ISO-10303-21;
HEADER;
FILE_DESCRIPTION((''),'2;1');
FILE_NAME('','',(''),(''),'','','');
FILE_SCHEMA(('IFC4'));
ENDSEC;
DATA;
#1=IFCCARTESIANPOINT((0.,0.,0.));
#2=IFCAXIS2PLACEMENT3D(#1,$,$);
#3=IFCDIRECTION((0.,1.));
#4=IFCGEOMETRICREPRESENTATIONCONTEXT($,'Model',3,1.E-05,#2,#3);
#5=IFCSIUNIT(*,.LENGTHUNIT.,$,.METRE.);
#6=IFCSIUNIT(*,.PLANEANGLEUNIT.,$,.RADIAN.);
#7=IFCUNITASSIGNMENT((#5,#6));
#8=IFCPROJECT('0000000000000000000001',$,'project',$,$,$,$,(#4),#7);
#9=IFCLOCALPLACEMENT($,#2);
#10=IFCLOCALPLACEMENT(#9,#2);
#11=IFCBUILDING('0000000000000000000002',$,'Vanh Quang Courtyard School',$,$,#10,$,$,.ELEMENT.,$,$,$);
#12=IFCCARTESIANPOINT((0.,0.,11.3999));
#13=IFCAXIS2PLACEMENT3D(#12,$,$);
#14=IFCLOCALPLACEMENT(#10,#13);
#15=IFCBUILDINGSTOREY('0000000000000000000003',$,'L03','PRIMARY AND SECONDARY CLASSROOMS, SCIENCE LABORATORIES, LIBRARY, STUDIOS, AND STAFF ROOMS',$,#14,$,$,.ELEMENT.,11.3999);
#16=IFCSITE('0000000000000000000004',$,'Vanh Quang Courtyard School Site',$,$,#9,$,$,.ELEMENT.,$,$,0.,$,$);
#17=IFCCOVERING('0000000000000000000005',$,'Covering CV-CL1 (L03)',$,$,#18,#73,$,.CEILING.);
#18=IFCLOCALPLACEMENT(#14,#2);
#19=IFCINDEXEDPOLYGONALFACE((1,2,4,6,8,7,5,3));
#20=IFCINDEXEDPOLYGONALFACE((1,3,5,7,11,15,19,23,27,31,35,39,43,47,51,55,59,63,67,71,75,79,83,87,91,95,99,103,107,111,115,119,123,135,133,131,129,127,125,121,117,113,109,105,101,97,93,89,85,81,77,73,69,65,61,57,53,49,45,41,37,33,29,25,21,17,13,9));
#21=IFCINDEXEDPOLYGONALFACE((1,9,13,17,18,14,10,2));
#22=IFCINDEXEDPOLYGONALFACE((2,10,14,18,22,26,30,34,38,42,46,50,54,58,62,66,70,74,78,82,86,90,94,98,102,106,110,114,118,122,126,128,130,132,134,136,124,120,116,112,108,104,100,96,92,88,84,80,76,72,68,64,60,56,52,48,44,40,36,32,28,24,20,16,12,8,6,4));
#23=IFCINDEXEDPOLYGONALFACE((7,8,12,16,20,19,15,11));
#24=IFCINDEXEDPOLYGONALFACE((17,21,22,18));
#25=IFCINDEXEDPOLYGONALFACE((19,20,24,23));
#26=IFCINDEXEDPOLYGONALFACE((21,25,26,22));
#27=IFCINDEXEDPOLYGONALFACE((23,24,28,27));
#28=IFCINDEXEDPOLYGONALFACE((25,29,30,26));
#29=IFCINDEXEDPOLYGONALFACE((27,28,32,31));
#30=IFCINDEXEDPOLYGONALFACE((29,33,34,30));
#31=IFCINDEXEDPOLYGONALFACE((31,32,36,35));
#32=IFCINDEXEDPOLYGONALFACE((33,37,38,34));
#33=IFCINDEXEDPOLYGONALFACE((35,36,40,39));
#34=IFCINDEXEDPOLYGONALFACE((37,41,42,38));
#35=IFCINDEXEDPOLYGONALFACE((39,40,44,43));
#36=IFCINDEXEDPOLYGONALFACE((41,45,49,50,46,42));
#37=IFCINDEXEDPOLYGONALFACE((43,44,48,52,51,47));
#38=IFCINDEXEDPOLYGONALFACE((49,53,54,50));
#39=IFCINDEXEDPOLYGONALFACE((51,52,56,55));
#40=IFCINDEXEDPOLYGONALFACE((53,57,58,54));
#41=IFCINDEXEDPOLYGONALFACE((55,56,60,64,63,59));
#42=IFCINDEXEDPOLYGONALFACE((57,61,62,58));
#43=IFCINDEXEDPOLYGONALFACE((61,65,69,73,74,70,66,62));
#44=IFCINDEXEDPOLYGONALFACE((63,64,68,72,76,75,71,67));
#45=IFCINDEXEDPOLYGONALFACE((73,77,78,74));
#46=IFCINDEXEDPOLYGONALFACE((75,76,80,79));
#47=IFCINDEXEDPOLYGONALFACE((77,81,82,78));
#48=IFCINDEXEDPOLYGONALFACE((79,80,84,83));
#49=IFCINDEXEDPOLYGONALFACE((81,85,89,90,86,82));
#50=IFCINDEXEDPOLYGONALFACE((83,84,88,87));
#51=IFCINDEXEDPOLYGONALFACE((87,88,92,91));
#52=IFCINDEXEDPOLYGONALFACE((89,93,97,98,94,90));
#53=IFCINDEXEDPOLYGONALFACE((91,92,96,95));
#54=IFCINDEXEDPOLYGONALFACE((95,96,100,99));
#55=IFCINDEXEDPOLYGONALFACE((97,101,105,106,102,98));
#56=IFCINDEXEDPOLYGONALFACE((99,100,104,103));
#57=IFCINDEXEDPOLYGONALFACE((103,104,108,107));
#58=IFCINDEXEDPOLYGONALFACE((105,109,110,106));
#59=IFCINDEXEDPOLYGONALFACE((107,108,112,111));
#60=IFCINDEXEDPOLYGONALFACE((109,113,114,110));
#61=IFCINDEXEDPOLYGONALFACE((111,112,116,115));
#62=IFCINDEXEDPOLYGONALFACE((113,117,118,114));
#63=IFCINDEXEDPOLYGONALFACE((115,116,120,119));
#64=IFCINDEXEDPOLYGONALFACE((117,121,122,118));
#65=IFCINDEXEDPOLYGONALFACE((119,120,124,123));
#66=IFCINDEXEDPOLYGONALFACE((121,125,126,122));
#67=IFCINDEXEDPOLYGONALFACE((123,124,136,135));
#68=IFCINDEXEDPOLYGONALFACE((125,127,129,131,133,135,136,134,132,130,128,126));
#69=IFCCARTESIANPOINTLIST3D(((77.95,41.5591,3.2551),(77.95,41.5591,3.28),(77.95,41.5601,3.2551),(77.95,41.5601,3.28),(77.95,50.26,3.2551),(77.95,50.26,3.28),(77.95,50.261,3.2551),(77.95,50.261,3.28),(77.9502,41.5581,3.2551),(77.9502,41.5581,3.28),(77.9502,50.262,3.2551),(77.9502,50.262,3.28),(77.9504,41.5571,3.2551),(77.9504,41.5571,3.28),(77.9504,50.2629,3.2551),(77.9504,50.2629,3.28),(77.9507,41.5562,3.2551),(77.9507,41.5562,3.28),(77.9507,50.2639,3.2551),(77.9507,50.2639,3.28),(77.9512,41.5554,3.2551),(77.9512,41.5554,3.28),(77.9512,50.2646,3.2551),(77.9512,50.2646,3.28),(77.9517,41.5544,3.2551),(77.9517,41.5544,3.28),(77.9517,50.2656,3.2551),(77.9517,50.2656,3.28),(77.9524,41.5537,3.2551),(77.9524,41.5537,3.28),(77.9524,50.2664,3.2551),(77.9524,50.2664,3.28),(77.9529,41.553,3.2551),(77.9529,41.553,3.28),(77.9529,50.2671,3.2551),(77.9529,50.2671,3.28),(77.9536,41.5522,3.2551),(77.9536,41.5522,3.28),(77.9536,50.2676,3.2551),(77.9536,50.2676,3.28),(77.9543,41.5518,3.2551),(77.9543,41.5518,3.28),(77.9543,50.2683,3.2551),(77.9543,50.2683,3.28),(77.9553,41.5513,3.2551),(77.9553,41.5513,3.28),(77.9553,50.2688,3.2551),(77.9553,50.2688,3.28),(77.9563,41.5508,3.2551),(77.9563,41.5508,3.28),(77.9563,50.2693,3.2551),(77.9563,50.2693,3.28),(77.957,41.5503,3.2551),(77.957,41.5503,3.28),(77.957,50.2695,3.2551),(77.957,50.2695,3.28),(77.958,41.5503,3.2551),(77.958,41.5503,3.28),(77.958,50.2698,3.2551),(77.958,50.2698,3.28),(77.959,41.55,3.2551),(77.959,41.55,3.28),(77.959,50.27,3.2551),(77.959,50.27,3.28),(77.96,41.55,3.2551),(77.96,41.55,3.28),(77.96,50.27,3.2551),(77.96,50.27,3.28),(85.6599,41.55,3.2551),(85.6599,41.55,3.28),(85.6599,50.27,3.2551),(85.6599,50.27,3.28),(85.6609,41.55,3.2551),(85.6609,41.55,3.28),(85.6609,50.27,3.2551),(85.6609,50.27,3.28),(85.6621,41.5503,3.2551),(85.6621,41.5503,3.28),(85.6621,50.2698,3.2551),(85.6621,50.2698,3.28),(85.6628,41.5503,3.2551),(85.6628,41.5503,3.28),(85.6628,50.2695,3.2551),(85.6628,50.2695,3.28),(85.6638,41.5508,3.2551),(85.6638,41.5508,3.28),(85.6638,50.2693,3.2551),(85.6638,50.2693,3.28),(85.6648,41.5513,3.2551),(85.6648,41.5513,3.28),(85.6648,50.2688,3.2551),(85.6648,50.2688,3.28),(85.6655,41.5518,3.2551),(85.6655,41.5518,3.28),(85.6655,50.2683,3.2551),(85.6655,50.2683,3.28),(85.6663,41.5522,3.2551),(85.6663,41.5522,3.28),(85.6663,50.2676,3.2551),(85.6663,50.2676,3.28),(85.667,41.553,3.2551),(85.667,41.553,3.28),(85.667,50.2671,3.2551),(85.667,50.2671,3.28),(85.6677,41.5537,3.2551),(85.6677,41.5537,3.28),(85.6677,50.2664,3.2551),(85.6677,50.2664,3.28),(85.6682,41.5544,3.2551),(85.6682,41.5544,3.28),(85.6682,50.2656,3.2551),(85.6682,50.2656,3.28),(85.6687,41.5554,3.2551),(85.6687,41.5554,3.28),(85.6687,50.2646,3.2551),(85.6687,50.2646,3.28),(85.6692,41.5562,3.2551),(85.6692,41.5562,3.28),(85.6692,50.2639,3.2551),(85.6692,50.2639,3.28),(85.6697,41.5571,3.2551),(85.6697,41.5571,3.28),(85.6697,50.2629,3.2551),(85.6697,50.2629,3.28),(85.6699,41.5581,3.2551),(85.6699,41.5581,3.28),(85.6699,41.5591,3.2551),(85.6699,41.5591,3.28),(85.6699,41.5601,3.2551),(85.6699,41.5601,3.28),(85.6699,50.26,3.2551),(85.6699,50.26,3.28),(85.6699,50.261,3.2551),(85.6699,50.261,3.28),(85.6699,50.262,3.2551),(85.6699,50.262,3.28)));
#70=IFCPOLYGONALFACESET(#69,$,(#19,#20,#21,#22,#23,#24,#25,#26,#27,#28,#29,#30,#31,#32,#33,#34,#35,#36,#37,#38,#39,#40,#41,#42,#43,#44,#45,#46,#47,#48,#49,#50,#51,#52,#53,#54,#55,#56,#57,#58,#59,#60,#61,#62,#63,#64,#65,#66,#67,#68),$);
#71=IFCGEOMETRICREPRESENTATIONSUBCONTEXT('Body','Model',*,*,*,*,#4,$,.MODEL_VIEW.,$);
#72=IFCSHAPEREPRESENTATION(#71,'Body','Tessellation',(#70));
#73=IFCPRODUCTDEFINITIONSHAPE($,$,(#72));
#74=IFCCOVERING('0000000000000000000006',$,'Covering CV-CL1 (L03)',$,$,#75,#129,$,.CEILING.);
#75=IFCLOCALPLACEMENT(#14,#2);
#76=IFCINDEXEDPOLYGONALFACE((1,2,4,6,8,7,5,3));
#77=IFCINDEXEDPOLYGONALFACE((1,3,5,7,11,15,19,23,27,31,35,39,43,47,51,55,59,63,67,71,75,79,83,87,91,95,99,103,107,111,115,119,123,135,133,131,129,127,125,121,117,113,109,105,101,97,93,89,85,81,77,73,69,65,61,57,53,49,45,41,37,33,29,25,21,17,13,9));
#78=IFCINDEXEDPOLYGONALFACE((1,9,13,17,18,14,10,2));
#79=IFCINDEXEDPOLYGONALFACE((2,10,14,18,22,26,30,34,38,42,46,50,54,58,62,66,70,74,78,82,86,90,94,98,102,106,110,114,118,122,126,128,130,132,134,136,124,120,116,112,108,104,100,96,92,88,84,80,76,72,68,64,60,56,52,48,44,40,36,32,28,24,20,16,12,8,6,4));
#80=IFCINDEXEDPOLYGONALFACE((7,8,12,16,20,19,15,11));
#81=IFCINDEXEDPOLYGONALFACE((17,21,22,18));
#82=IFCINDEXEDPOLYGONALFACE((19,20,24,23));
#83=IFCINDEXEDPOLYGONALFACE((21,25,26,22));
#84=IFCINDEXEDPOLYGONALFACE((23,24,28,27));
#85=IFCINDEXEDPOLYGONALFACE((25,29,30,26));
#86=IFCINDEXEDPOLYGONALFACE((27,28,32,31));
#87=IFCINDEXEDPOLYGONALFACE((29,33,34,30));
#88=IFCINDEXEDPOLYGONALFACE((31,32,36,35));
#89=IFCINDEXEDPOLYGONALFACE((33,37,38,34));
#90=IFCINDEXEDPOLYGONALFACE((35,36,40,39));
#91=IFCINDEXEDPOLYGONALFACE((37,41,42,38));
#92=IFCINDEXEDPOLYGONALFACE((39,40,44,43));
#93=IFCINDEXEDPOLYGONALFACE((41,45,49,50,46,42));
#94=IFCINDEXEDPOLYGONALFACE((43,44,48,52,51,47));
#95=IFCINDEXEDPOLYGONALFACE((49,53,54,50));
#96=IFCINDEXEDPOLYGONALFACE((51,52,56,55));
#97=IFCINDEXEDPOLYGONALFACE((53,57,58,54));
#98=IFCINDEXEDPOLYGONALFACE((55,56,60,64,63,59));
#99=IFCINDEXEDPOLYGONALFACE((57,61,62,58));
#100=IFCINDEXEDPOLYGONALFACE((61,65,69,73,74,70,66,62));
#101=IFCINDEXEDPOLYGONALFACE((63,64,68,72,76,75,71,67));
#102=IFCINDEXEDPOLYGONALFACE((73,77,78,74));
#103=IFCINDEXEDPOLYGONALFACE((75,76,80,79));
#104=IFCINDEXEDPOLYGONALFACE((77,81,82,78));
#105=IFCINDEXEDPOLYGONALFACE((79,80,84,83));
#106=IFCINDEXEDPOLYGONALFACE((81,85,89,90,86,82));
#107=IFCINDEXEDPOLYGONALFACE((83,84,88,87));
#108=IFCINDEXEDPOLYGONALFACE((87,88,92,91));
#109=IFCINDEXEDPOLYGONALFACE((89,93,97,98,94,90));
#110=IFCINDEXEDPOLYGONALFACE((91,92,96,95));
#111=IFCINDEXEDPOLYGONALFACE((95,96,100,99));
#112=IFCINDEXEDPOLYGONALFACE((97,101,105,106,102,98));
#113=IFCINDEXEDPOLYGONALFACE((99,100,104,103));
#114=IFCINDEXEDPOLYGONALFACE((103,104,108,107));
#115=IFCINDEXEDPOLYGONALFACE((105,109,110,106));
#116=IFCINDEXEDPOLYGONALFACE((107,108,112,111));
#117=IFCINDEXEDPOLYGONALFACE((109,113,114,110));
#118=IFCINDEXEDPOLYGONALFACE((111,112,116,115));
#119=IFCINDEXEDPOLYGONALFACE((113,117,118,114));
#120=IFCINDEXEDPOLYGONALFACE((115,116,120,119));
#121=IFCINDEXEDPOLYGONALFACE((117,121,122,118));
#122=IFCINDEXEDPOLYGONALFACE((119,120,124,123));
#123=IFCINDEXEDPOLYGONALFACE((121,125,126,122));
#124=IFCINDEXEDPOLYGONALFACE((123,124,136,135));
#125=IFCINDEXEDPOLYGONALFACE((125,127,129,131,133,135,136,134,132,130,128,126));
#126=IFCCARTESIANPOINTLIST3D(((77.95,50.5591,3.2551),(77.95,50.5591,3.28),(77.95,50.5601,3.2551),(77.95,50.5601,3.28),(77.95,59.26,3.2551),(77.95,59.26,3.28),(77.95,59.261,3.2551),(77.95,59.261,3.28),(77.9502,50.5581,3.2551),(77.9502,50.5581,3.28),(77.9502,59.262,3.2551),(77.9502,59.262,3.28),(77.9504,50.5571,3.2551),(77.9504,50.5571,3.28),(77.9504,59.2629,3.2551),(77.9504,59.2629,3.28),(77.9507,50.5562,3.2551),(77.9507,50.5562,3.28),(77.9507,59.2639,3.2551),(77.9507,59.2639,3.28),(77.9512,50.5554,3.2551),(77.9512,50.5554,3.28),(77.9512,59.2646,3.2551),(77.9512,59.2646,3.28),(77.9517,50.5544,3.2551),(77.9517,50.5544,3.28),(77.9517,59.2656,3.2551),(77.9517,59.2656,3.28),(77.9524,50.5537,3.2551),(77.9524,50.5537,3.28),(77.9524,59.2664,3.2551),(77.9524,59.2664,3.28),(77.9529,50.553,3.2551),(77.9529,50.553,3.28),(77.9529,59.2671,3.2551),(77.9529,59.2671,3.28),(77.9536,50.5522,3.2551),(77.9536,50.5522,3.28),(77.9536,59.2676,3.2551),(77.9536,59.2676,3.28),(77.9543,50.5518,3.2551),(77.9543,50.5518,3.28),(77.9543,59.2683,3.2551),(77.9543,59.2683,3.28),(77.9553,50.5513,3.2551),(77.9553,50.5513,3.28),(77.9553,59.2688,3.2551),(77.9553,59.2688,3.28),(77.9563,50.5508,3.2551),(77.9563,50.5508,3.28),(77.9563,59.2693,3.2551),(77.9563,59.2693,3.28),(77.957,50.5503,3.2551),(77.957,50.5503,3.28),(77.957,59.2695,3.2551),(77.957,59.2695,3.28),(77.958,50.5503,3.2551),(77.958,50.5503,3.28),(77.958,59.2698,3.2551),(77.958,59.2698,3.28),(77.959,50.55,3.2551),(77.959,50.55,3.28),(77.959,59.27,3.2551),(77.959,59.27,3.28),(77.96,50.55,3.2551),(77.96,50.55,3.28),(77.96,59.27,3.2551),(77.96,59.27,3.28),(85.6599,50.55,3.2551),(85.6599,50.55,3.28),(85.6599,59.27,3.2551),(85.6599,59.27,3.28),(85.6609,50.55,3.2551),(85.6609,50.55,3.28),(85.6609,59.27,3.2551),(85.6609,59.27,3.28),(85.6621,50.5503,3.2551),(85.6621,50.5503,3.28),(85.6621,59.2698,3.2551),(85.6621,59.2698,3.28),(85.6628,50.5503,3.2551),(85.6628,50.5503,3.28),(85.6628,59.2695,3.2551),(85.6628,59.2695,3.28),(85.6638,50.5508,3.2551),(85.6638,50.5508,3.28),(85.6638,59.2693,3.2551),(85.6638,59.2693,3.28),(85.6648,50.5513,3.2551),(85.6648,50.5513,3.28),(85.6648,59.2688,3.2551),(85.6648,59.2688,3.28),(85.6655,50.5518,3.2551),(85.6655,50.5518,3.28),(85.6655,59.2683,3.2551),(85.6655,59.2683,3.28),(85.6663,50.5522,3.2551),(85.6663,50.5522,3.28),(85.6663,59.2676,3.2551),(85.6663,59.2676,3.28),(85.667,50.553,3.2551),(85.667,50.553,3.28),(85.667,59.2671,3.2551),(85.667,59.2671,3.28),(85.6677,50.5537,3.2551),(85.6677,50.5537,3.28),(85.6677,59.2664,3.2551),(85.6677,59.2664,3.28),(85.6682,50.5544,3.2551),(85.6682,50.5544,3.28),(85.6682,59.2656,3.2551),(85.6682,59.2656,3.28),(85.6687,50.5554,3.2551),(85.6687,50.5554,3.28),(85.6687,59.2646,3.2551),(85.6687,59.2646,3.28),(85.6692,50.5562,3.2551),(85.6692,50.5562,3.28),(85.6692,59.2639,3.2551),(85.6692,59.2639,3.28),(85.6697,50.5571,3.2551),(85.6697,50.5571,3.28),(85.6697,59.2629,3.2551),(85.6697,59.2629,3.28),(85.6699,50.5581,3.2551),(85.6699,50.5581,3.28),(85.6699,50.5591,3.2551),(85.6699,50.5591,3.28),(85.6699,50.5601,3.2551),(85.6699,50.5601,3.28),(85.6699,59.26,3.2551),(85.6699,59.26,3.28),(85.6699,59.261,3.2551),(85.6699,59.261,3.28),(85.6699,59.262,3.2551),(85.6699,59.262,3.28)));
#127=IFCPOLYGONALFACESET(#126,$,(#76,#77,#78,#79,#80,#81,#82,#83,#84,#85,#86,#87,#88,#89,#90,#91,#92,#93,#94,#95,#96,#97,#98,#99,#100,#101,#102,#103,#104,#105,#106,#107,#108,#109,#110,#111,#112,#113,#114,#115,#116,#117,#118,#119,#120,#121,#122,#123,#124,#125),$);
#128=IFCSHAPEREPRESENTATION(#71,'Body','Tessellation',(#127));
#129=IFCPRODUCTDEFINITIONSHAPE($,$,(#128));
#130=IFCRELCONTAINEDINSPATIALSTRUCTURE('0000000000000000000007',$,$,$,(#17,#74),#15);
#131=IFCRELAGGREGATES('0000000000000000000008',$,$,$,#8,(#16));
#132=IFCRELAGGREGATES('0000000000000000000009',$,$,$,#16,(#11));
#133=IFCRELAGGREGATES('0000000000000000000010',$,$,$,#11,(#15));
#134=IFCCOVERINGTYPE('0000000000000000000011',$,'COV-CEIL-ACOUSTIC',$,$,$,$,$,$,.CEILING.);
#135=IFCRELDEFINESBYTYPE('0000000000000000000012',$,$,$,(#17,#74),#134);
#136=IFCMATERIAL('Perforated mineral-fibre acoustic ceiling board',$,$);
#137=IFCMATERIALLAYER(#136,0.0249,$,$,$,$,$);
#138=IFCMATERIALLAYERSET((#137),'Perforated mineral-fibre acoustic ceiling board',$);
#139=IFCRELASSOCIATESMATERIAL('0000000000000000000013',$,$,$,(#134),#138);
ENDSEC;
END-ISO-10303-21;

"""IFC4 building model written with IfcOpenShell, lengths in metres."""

from ifc_helpers import new_model, si_unit, direction, frame, origin, place, context, subcontext, project, spatial, polyline, outline, extrude, material, layer, layer_set, type_object, element, save


model = new_model("IFC4")

# Units and contexts
model_context = context("Model", 3, precision=1e-05, world=origin(), true_north=direction((0.0, 1.0)))
body_context = subcontext(model_context, "Body", "Model", "MODEL_VIEW")
ifc_project = project(units=[si_unit("LENGTHUNIT", "METRE"), si_unit("PLANEANGLEUNIT", "RADIAN")], contexts=[model_context])

# Site, building, storey
site_placement = place(None, origin())
site = spatial("IfcSite", under=ifc_project, at=site_placement, Name="Vanh Quang Courtyard School Site", CompositionType="ELEMENT", RefElevation=0.0)
building_placement = place(site_placement, origin())
building = spatial("IfcBuilding", under=site, at=building_placement, Name="Vanh Quang Courtyard School", CompositionType="ELEMENT")
storey_placement = place(building_placement, frame((0.0, 0.0, 11.3999)))
storey = spatial("IfcBuildingStorey", under=building, at=storey_placement, Name="L03", Description="PRIMARY AND SECONDARY CLASSROOMS, SCIENCE LABORATORIES, LIBRARY, STUDIOS, AND STAFF ROOMS", CompositionType="ELEMENT", Elevation=11.3999)

# Coverings
ifc_material_1 = material(Name="Perforated mineral-fibre acoustic ceiling board")
ifc_layer_1 = layer(ifc_material_1, 0.0249)
ifc_layer_set_1 = layer_set([ifc_layer_1], Name="Perforated mineral-fibre acoustic ceiling board")
covering_type_1 = type_object("IfcCoveringType", Name="COV-CEIL-ACOUSTIC", PredefinedType="CEILING", material=ifc_layer_set_1)
covering_1_placement = place(storey_placement, frame((0.0, 0.0, 3.2551)))
element("IfcCovering", 1, at=covering_1_placement, inside=storey, type_object=covering_type_1, Name="Covering CV-CL1 (L03)", PredefinedType="CEILING", context=body_context, shape_type="SweptSolid", body=[
    extrude(outline(polyline([(77.96, 41.55), (77.959, 41.55), (77.958, 41.5503), (77.957, 41.5503), (77.9563, 41.5508), (77.9553, 41.5513), (77.9543, 41.5518), (77.9536, 41.5522), (77.9529, 41.553), (77.9524, 41.5537), (77.9517, 41.5544), (77.9512, 41.5554), (77.9507, 41.5562), (77.9504, 41.5571), (77.9502, 41.5581), (77.95, 41.5591), (77.95, 41.5601), (77.95, 50.26), (77.95, 50.261), (77.9502, 50.262), (77.9504, 50.2629), (77.9507, 50.2639), (77.9512, 50.2646), (77.9517, 50.2656), (77.9524, 50.2664), (77.9529, 50.2671), (77.9536, 50.2676), (77.9543, 50.2683), (77.9553, 50.2688), (77.9563, 50.2693), (77.957, 50.2695), (77.958, 50.2698), (77.959, 50.27), (77.96, 50.27), (85.6599, 50.27), (85.6609, 50.27), (85.6621, 50.2698), (85.6628, 50.2695), (85.6638, 50.2693), (85.6648, 50.2688), (85.6655, 50.2683), (85.6663, 50.2676), (85.667, 50.2671), (85.6677, 50.2664), (85.6682, 50.2656), (85.6687, 50.2646), (85.6692, 50.2639), (85.6697, 50.2629), (85.6699, 50.262), (85.6699, 50.261), (85.6699, 50.26), (85.6699, 41.5601), (85.6699, 41.5591), (85.6699, 41.5581), (85.6697, 41.5571), (85.6692, 41.5562), (85.6687, 41.5554), (85.6682, 41.5544), (85.6677, 41.5537), (85.667, 41.553), (85.6663, 41.5522), (85.6655, 41.5518), (85.6648, 41.5513), (85.6638, 41.5508), (85.6628, 41.5503), (85.6621, 41.5503), (85.6609, 41.55), (85.6599, 41.55), (77.96, 41.55)])), origin(), (0.0, 0.0, 1.0), 0.0249),
])
covering_2_placement = place(storey_placement, frame((0.0, 0.0, 3.2551)))
element("IfcCovering", 2, at=covering_2_placement, inside=storey, type_object=covering_type_1, Name="Covering CV-CL1 (L03)", PredefinedType="CEILING", context=body_context, shape_type="SweptSolid", body=[
    extrude(outline(polyline([(77.96, 50.55), (77.959, 50.55), (77.958, 50.5503), (77.957, 50.5503), (77.9563, 50.5508), (77.9553, 50.5513), (77.9543, 50.5518), (77.9536, 50.5522), (77.9529, 50.553), (77.9524, 50.5537), (77.9517, 50.5544), (77.9512, 50.5554), (77.9507, 50.5562), (77.9504, 50.5571), (77.9502, 50.5581), (77.95, 50.5591), (77.95, 50.5601), (77.95, 59.26), (77.95, 59.261), (77.9502, 59.262), (77.9504, 59.2629), (77.9507, 59.2639), (77.9512, 59.2646), (77.9517, 59.2656), (77.9524, 59.2664), (77.9529, 59.2671), (77.9536, 59.2676), (77.9543, 59.2683), (77.9553, 59.2688), (77.9563, 59.2693), (77.957, 59.2695), (77.958, 59.2698), (77.959, 59.27), (77.96, 59.27), (85.6599, 59.27), (85.6609, 59.27), (85.6621, 59.2698), (85.6628, 59.2695), (85.6638, 59.2693), (85.6648, 59.2688), (85.6655, 59.2683), (85.6663, 59.2676), (85.667, 59.2671), (85.6677, 59.2664), (85.6682, 59.2656), (85.6687, 59.2646), (85.6692, 59.2639), (85.6697, 59.2629), (85.6699, 59.262), (85.6699, 59.261), (85.6699, 59.26), (85.6699, 50.5601), (85.6699, 50.5591), (85.6699, 50.5581), (85.6697, 50.5571), (85.6692, 50.5562), (85.6687, 50.5554), (85.6682, 50.5544), (85.6677, 50.5537), (85.667, 50.553), (85.6663, 50.5522), (85.6655, 50.5518), (85.6648, 50.5513), (85.6638, 50.5508), (85.6628, 50.5503), (85.6621, 50.5503), (85.6609, 50.55), (85.6599, 50.55), (77.96, 50.55)])), origin(), (0.0, 0.0, 1.0), 0.0249),
])

save(model, "model.ifc")
